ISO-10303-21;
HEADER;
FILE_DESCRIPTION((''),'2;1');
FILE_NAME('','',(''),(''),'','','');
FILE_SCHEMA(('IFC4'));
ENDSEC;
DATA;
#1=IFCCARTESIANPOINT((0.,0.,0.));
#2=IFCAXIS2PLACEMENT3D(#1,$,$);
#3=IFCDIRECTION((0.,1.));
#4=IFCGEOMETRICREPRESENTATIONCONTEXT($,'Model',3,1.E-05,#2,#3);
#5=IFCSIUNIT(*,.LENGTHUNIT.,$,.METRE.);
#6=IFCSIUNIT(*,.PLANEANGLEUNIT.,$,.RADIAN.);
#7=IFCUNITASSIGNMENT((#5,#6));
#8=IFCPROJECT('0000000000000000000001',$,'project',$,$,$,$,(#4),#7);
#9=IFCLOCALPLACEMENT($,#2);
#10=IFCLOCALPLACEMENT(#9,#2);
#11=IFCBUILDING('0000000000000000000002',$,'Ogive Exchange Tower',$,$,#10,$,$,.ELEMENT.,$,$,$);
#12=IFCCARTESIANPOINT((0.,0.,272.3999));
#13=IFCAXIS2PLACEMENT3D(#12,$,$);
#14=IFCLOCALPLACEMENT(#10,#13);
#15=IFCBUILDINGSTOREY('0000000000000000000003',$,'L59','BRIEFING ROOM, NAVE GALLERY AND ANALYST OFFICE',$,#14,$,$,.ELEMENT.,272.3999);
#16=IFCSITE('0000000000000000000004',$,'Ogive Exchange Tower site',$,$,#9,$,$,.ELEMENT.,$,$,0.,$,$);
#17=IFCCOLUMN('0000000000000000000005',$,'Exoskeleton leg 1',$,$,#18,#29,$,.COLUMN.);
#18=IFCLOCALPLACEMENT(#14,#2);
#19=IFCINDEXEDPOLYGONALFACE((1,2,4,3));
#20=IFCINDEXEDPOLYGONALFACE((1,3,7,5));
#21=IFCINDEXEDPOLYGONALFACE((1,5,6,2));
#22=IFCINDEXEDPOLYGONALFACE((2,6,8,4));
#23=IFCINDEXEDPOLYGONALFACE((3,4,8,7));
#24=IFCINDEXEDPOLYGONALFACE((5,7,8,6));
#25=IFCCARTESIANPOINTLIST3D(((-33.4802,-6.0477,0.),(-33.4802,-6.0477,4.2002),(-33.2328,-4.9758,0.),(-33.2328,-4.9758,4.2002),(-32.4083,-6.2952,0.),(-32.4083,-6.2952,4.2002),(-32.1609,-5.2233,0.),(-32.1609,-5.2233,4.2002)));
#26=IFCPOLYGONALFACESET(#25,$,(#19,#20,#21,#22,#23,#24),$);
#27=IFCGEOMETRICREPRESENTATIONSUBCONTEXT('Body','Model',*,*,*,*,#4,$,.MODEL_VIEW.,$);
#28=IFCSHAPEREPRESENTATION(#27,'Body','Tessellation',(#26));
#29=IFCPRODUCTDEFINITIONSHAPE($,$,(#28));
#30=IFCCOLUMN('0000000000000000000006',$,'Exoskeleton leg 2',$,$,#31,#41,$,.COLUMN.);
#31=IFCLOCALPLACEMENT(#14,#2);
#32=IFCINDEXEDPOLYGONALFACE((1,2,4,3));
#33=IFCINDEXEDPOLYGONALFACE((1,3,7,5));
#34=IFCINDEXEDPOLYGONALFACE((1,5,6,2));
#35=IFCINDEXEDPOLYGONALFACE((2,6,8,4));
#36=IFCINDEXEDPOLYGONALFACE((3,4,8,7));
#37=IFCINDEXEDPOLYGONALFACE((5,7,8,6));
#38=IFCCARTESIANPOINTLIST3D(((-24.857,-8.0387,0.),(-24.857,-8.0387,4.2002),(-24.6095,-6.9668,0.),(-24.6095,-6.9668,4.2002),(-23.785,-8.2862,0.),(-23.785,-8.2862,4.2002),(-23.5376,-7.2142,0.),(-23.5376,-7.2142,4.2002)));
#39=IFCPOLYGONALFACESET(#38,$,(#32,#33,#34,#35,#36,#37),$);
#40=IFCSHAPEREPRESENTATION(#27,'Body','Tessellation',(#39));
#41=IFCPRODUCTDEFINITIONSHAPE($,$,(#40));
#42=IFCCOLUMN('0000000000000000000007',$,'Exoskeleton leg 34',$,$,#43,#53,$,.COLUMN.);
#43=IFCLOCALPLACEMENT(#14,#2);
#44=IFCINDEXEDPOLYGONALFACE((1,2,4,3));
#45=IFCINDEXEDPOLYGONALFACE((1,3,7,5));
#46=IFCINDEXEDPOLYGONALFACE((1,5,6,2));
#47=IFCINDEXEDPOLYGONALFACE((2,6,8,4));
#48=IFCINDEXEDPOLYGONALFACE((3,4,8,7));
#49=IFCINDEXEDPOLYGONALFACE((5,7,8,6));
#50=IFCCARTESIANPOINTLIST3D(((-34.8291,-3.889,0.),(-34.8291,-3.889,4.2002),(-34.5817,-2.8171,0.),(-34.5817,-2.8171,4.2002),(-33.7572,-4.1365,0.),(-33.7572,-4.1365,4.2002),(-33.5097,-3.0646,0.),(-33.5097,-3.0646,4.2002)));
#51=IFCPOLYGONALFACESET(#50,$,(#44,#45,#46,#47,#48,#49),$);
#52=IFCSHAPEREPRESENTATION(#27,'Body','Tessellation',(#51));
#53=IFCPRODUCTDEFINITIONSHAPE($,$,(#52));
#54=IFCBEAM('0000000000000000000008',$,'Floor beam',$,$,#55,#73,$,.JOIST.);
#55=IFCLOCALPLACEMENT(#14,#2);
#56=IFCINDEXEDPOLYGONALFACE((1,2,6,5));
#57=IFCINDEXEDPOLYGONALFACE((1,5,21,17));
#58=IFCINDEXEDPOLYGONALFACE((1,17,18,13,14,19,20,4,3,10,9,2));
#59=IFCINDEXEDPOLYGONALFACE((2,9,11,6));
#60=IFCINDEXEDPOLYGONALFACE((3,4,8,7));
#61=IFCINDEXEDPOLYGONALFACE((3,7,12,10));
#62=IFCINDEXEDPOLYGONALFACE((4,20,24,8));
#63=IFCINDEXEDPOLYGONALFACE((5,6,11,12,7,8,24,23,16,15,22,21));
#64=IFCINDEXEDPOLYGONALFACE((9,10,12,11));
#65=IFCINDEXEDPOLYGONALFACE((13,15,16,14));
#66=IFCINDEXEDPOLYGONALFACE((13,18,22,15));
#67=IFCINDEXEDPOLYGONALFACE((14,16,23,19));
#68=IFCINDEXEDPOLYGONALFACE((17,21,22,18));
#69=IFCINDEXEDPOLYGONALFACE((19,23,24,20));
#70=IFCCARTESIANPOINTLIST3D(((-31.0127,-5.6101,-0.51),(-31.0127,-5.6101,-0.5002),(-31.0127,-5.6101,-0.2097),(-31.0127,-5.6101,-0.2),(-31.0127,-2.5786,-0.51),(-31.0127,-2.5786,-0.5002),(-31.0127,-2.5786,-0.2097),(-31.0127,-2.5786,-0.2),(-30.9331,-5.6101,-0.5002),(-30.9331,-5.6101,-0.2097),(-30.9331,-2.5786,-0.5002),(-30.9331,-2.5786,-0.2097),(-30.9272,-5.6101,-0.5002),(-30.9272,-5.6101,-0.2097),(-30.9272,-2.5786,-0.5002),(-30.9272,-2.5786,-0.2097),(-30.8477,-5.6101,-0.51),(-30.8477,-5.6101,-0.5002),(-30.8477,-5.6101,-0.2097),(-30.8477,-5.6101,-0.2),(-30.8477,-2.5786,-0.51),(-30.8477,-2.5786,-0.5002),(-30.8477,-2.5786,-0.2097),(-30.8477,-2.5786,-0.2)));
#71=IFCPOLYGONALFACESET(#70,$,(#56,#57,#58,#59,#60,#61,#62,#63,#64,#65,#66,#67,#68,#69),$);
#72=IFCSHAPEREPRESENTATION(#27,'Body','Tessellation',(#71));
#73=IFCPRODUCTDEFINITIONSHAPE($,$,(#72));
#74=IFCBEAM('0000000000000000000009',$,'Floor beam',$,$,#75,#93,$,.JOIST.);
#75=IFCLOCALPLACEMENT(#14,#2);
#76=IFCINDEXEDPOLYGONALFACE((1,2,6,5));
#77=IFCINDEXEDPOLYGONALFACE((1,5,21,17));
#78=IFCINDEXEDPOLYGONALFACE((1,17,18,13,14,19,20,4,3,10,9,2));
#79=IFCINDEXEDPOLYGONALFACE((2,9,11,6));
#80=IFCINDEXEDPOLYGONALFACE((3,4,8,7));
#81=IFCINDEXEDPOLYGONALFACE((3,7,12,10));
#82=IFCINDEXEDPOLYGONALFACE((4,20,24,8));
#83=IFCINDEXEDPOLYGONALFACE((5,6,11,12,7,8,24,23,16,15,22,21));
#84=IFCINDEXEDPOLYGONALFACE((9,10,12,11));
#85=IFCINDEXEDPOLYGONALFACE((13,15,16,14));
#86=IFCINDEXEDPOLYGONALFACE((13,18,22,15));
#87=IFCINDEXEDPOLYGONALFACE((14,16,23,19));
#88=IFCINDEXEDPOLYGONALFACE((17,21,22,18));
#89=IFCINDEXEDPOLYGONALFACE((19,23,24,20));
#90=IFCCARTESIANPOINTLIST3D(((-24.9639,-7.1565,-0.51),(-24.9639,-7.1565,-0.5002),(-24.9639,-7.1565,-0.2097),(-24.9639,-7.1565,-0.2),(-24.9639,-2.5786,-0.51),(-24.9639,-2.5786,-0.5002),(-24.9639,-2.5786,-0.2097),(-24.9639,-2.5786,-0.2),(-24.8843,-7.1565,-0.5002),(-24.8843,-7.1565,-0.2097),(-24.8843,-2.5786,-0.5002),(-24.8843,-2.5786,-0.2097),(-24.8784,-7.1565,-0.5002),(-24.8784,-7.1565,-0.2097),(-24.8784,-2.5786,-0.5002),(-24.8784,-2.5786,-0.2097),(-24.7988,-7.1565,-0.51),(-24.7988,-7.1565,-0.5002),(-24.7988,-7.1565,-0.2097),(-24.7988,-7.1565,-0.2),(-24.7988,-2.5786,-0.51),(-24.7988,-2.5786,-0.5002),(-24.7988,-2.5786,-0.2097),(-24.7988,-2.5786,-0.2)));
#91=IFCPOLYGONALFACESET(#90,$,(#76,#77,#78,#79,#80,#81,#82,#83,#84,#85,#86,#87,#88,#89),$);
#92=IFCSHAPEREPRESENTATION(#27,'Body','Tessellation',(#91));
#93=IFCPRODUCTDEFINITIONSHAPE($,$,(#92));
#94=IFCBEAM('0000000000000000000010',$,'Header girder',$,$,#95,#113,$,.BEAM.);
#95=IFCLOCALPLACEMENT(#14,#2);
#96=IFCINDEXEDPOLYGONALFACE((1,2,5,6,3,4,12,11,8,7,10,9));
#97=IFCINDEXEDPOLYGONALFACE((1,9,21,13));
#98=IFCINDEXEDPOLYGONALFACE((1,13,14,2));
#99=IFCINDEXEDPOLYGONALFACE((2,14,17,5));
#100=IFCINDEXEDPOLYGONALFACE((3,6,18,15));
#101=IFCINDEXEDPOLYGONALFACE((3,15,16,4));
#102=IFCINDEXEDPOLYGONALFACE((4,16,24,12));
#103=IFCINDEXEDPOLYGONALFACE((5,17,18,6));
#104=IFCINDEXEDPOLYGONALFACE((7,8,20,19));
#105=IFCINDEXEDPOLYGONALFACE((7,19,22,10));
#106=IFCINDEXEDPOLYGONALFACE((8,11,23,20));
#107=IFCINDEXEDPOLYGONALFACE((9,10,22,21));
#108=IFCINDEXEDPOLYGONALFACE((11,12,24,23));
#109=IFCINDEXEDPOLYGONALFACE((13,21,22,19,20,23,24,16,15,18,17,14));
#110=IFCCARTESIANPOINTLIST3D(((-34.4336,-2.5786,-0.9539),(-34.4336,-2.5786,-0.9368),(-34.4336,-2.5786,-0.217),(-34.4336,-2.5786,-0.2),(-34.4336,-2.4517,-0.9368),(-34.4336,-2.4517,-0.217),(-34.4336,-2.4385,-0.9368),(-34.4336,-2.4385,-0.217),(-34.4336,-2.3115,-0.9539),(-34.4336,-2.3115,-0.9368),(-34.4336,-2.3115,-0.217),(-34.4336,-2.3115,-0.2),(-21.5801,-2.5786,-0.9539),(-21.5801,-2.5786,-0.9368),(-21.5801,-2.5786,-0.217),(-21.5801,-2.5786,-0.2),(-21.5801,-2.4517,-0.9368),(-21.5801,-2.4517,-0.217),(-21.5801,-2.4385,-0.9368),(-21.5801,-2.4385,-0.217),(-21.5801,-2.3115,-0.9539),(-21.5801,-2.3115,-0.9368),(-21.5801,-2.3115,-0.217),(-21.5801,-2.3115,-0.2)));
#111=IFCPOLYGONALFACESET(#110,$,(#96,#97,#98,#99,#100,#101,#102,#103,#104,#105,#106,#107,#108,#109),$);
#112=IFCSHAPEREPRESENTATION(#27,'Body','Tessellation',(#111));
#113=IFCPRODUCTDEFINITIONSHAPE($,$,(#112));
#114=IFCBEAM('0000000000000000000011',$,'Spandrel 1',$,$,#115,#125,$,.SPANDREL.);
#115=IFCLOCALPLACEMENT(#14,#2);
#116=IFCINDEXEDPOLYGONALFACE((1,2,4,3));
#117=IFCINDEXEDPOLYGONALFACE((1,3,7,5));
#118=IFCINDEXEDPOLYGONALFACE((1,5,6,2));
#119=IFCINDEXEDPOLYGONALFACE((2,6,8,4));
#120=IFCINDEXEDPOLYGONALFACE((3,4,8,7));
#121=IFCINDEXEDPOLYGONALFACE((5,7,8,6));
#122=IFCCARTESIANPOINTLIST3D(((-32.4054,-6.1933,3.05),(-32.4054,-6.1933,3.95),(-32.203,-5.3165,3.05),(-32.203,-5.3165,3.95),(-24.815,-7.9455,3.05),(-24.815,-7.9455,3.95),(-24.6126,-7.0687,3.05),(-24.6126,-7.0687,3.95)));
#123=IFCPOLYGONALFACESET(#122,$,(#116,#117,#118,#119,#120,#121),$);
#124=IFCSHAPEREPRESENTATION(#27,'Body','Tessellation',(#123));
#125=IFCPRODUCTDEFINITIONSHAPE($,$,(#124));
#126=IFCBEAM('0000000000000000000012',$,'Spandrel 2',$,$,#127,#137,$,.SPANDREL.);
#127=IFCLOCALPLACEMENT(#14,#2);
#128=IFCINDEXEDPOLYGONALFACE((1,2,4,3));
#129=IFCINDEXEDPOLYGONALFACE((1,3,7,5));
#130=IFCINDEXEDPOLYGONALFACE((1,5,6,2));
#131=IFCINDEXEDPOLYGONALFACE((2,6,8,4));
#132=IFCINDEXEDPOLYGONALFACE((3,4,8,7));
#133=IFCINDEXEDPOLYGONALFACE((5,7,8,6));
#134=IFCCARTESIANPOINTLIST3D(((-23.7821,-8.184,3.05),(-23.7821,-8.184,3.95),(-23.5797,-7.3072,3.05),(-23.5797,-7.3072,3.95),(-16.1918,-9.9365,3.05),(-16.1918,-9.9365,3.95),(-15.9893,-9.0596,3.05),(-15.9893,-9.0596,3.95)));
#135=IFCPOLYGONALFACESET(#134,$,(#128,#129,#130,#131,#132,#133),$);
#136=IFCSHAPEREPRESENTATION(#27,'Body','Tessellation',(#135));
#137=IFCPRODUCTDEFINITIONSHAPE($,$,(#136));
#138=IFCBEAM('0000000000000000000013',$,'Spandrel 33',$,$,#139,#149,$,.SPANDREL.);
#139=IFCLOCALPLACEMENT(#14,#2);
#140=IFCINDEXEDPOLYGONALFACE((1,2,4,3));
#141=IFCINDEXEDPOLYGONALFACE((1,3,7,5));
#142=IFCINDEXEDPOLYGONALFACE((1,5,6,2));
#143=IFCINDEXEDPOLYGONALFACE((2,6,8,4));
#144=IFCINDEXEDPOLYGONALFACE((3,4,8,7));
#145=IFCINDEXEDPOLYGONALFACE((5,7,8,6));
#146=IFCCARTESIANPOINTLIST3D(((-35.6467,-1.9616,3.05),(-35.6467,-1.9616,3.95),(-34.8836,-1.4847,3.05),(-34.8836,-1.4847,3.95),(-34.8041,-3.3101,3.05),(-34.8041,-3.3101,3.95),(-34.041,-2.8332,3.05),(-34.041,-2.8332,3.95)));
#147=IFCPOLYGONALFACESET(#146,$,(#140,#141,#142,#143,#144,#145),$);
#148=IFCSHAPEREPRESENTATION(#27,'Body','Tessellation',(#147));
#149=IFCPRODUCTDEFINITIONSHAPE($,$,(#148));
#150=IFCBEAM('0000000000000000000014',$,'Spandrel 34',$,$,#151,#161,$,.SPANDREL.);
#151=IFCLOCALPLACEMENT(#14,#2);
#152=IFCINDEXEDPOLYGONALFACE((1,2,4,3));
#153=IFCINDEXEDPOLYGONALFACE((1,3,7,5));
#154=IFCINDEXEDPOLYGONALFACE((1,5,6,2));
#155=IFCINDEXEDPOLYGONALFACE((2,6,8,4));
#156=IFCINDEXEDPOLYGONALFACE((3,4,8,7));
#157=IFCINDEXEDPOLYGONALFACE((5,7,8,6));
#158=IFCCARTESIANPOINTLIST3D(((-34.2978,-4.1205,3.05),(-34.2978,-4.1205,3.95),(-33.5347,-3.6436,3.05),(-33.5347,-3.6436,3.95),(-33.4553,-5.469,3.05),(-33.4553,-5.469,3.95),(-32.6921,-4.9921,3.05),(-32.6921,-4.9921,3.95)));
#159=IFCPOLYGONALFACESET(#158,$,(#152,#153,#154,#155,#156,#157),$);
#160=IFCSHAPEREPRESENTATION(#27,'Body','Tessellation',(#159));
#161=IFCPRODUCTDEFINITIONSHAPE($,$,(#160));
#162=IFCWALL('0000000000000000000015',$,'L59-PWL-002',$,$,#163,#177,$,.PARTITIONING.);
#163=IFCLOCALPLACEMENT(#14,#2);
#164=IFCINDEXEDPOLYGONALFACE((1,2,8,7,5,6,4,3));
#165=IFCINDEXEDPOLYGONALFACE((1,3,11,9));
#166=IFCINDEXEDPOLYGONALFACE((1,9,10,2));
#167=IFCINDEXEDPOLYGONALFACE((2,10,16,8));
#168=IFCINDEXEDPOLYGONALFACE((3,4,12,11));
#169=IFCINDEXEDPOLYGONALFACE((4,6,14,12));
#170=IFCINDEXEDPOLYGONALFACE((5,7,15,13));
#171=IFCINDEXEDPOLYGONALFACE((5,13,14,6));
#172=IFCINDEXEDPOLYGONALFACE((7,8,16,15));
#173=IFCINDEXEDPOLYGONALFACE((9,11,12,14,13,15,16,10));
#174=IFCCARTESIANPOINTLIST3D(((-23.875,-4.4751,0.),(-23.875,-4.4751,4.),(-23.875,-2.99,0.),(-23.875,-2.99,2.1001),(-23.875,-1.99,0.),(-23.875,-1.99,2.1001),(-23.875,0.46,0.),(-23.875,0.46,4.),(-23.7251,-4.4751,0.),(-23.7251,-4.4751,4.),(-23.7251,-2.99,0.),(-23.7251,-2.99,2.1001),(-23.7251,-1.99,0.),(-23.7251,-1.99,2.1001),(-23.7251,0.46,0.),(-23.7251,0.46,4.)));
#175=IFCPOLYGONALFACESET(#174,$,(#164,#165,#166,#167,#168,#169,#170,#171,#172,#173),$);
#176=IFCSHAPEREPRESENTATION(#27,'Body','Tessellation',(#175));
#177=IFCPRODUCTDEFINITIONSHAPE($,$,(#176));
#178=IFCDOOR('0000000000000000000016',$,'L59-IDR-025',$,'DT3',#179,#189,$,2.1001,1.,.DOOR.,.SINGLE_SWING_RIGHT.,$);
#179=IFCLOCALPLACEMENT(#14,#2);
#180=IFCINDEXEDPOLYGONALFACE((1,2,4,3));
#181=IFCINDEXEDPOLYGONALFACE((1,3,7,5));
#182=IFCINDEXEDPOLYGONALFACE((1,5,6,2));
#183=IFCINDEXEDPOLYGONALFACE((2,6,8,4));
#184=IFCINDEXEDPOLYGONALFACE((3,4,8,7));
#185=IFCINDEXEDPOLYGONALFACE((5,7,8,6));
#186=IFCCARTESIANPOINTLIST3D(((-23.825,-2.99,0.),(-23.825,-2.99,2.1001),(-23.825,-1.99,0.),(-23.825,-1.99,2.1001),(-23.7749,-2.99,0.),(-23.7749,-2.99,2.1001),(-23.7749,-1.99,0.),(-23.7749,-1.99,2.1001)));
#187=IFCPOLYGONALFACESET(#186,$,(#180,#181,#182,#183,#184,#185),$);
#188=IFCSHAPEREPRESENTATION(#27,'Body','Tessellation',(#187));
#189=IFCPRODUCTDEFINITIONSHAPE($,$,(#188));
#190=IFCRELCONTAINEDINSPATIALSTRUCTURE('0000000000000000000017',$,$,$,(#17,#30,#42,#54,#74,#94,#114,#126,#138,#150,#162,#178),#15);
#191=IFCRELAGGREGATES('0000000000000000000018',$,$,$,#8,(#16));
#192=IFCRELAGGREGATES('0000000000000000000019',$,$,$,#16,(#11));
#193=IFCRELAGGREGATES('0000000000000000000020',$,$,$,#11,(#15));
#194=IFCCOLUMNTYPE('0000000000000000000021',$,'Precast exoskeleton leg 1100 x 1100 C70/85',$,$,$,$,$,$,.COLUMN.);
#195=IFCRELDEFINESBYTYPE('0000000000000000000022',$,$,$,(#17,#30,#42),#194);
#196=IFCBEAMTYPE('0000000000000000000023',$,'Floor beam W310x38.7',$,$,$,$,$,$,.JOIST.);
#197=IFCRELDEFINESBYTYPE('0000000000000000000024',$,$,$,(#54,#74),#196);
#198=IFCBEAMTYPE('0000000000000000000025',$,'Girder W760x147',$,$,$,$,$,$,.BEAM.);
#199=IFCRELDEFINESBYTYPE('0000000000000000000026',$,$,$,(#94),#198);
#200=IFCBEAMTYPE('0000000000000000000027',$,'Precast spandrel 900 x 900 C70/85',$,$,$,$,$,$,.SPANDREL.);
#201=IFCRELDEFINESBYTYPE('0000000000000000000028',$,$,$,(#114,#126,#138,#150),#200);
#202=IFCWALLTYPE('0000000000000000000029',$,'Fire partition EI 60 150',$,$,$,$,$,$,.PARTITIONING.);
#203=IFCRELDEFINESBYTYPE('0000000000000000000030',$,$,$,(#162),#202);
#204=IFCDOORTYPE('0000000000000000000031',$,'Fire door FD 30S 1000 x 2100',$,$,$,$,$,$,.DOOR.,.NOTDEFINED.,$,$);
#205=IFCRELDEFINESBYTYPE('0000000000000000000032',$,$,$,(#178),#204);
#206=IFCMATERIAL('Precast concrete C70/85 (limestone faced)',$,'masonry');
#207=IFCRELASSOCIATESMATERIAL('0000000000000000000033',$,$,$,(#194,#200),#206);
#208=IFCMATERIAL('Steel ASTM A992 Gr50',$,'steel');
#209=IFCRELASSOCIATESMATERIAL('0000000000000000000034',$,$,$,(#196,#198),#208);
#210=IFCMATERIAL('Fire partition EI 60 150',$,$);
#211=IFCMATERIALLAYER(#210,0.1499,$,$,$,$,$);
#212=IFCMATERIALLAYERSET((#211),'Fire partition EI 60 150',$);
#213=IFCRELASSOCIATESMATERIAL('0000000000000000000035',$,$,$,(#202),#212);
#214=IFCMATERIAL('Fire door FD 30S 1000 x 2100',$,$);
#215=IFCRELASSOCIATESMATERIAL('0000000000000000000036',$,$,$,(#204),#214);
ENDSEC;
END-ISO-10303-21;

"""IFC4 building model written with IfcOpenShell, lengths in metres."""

from ifc_helpers import new_model, si_unit, direction, frame, frame_2d, origin, origin_2d, place, context, subcontext, project, spatial, rectangle, i_section, extrude, material, layer, layer_set, material_profile, profile_set, type_object, element, fill, save


model = new_model("IFC4")

# Units and contexts
model_context = context("Model", 3, precision=1e-05, world=origin(), true_north=direction((0.0, 1.0)))
body_context = subcontext(model_context, "Body", "Model", "MODEL_VIEW")
ifc_project = project(units=[si_unit("LENGTHUNIT", "METRE"), si_unit("PLANEANGLEUNIT", "RADIAN")], contexts=[model_context])

# Site, building, storey
site_placement = place(None, origin())
site = spatial("IfcSite", under=ifc_project, at=site_placement, Name="Ogive Exchange Tower site", CompositionType="ELEMENT", RefElevation=0.0)
building_placement = place(site_placement, origin())
building = spatial("IfcBuilding", under=site, at=building_placement, Name="Ogive Exchange Tower", CompositionType="ELEMENT")
storey_placement = place(building_placement, frame((0.0, 0.0, 272.3999)))
storey = spatial("IfcBuildingStorey", under=building, at=storey_placement, Name="L59", Description="BRIEFING ROOM, NAVE GALLERY AND ANALYST OFFICE", CompositionType="ELEMENT", Elevation=272.3999)

# Columns
ifc_material_1 = material(Name="Precast concrete C70/85 (limestone faced)", Category="masonry")
ifc_material_profile_1 = material_profile(ifc_material_1, rectangle(XDim=1.1001, YDim=1.1001, at=origin_2d()), Name="1100 x 1100")
ifc_profile_set_1 = profile_set([ifc_material_profile_1], Name="Precast concrete C70/85 (limestone faced)")
column_type = type_object("IfcColumnType", Name="Precast exoskeleton leg 1100 x 1100 C70/85", PredefinedType="COLUMN", material=ifc_profile_set_1)
for number, where, z_axis, x_axis, name in (
    (1, (-32.8206, -5.6355, 0.0), (0.0, 0.0, 1.0), (0.97437, -0.224951, 0.0), "Exoskeleton leg 1"),
    (2, (-24.1973, -7.6265, 0.0), (0.0, 0.0, 1.0), (0.97437, -0.224951, 0.0), "Exoskeleton leg 2"),
    (3, (-34.1694, -3.4768, 0.0), (0.0, 0.0, 1.0), (0.97437, -0.224951, 0.0), "Exoskeleton leg 34"),
):
    element("IfcColumn", number, at=place(storey_placement, frame(where, z_axis=z_axis, x_axis=x_axis)), inside=storey, type_object=column_type, Name=name, PredefinedType="COLUMN", context=body_context, shape_type="SweptSolid", body=[
        extrude(rectangle(XDim=1.1001, YDim=1.1001, at=origin_2d()), origin(), (0.0, 0.0, 1.0), 4.2002),
    ])

# Beams
ifc_material_2 = material(Name="Steel ASTM A992 Gr50", Category="steel")
ifc_material_profile_2 = material_profile(ifc_material_2, i_section(OverallWidth=0.165, OverallDepth=0.3101, WebThickness=0.0059, FlangeThickness=0.0098, at=origin_2d()), Name="W310x38.7")
ifc_profile_set_2 = profile_set([ifc_material_profile_2], Name="Steel ASTM A992 Gr50")
beam_type_1 = type_object("IfcBeamType", Name="Floor beam W310x38.7", PredefinedType="JOIST", material=ifc_profile_set_2)
beam_1_placement = place(storey_placement, frame((-30.9302, -5.6101, -0.355), z_axis=(0.0, 1.0, 0.0), x_axis=(-1.0, 0.0, 0.0)))
element("IfcBeam", 4, at=beam_1_placement, inside=storey, type_object=beam_type_1, Name="Floor beam", PredefinedType="JOIST", context=body_context, shape_type="SweptSolid", body=[
    extrude(i_section(OverallWidth=0.165, OverallDepth=0.3101, WebThickness=0.0059, FlangeThickness=0.0098, at=origin_2d()), origin(), (0.0, 0.0, 1.0), 3.0315),
])
beam_2_placement = place(storey_placement, frame((-24.8813, -7.1565, -0.355), z_axis=(0.0, 1.0, 0.0), x_axis=(-1.0, 0.0, 0.0)))
element("IfcBeam", 5, at=beam_2_placement, inside=storey, type_object=beam_type_1, Name="Floor beam", PredefinedType="JOIST", context=body_context, shape_type="SweptSolid", body=[
    extrude(i_section(OverallWidth=0.165, OverallDepth=0.3101, WebThickness=0.0059, FlangeThickness=0.0098, at=origin_2d()), origin(), (0.0, 0.0, 1.0), 4.5779),
])
ifc_material_profile_3 = material_profile(ifc_material_2, i_section(OverallWidth=0.2671, OverallDepth=0.7539, WebThickness=0.0132, FlangeThickness=0.0171, at=origin_2d()), Name="W760x147")
ifc_profile_set_3 = profile_set([ifc_material_profile_3], Name="Steel ASTM A992 Gr50")
beam_type_2 = type_object("IfcBeamType", Name="Girder W760x147", PredefinedType="BEAM", material=ifc_profile_set_3)
beam_3_placement = place(storey_placement, frame((-34.4336, -2.4451, -0.5769), z_axis=(1.0, 0.0, 0.0), x_axis=(0.0, 1.0, 0.0)))
element("IfcBeam", 6, at=beam_3_placement, inside=storey, type_object=beam_type_2, Name="Header girder", PredefinedType="BEAM", context=body_context, shape_type="SweptSolid", body=[
    extrude(i_section(OverallWidth=0.2671, OverallDepth=0.7539, WebThickness=0.0132, FlangeThickness=0.0171, at=origin_2d()), origin(), (0.0, 0.0, 1.0), 12.8535),
])
ifc_material_profile_4 = material_profile(ifc_material_1, rectangle(XDim=0.8999, YDim=0.8999, at=origin_2d()), Name="900 x 900")
ifc_profile_set_4 = profile_set([ifc_material_profile_4], Name="Precast concrete C70/85 (limestone faced)")
beam_type_3 = type_object("IfcBeamType", Name="Precast spandrel 900 x 900 C70/85", PredefinedType="SPANDREL", material=ifc_profile_set_4)
for number, where, z_axis, x_axis, name in (
    (7, (-32.3042, -5.7549, 3.5), (0.974375, -0.22493, 0.0), (0.22493, 0.974375, 0.0), "Spandrel 1"),
    (8, (-23.6809, -7.7456, 3.5), (0.974368, -0.22496, 0.0), (0.22496, 0.974368, 0.0), "Spandrel 2"),
):
    element("IfcBeam", number, at=place(storey_placement, frame(where, z_axis=z_axis, x_axis=x_axis)), inside=storey, type_object=beam_type_3, Name=name, PredefinedType="SPANDREL", context=body_context, shape_type="SweptSolid", body=[
        extrude(rectangle(XDim=0.8999, YDim=0.8999, at=origin_2d()), origin(), (0.0, 0.0, 1.0), 7.79),
    ])
for number, where, z_axis, x_axis, name in (
    (9, (-35.2651, -1.7231, 3.5), (0.529902, -0.848059, 0.0), (0.848059, 0.529902, 0.0), "Spandrel 33"),
    (10, (-33.9163, -3.8821, 3.5), (0.529902, -0.848059, 0.0), (0.848059, 0.529902, 0.0), "Spandrel 34"),
):
    element("IfcBeam", number, at=place(storey_placement, frame(where, z_axis=z_axis, x_axis=x_axis)), inside=storey, type_object=beam_type_3, Name=name, PredefinedType="SPANDREL", context=body_context, shape_type="SweptSolid", body=[
        extrude(rectangle(XDim=0.8999, YDim=0.8999, at=origin_2d()), origin(), (0.0, 0.0, 1.0), 1.5901),
    ])

# Wall, opening, door
ifc_material_3 = material(Name="Fire partition EI 60 150")
ifc_layer_1 = layer(ifc_material_3, 0.1499)
ifc_layer_set_1 = layer_set([ifc_layer_1], Name="Fire partition EI 60 150")
wall_type_1 = type_object("IfcWallType", Name="Fire partition EI 60 150", PredefinedType="PARTITIONING", material=ifc_layer_set_1)
wall_1_placement = place(storey_placement, frame((-23.8, -4.4751, 0.0), z_axis=(0.0, 0.0, 1.0), x_axis=(0.0, 1.0, 0.0)))
wall_1 = element("IfcWall", 11, at=wall_1_placement, inside=storey, type_object=wall_type_1, Name="L59-PWL-002", PredefinedType="PARTITIONING", context=body_context, shape_type="SweptSolid", body=[
    extrude(rectangle(XDim=4.9351, YDim=0.1499, at=frame_2d((2.4675, 0.0))), origin(), (0.0, 0.0, 1.0), 4.0),
])
opening_1_placement = place(wall_1_placement, frame((1.4851, 0.0, 0.0)))
opening_1 = element("IfcOpeningElement", 12, at=opening_1_placement, cuts=wall_1, PredefinedType="OPENING", context=body_context, shape_type="SweptSolid", body=[
    extrude(rectangle(XDim=1.0, YDim=2.1001, at=frame_2d((0.5, 1.05))), frame((0.0, 0.085, 0.0), z_axis=(0.0, -1.0, 0.0), x_axis=(1.0, 0.0, 0.0)), (0.0, 0.0, 1.0), 0.1699),
])
ifc_material_4 = material(Name="Fire door FD 30S 1000 x 2100")
door_type_1 = type_object("IfcDoorType", Name="Fire door FD 30S 1000 x 2100", OperationType="NOTDEFINED", PredefinedType="DOOR", material=ifc_material_4)
door_1_placement = place(opening_1_placement, origin())
door_1 = element("IfcDoor", 13, at=door_1_placement, inside=storey, type_object=door_type_1, Name="L59-IDR-025", ObjectType="DT3", OperationType="SINGLE_SWING_RIGHT", OverallHeight=2.1001, OverallWidth=1.0, PredefinedType="DOOR", context=body_context, shape_type="SweptSolid", body=[
    extrude(rectangle(XDim=1.0, YDim=2.1001, at=frame_2d((0.5, 1.05))), frame((0.0, 0.0249, 0.0), z_axis=(0.0, -1.0, 0.0), x_axis=(1.0, 0.0, 0.0)), (0.0, 0.0, 1.0), 0.05),
])
fill(opening_1, door_1)

save(model, "model.ifc")
